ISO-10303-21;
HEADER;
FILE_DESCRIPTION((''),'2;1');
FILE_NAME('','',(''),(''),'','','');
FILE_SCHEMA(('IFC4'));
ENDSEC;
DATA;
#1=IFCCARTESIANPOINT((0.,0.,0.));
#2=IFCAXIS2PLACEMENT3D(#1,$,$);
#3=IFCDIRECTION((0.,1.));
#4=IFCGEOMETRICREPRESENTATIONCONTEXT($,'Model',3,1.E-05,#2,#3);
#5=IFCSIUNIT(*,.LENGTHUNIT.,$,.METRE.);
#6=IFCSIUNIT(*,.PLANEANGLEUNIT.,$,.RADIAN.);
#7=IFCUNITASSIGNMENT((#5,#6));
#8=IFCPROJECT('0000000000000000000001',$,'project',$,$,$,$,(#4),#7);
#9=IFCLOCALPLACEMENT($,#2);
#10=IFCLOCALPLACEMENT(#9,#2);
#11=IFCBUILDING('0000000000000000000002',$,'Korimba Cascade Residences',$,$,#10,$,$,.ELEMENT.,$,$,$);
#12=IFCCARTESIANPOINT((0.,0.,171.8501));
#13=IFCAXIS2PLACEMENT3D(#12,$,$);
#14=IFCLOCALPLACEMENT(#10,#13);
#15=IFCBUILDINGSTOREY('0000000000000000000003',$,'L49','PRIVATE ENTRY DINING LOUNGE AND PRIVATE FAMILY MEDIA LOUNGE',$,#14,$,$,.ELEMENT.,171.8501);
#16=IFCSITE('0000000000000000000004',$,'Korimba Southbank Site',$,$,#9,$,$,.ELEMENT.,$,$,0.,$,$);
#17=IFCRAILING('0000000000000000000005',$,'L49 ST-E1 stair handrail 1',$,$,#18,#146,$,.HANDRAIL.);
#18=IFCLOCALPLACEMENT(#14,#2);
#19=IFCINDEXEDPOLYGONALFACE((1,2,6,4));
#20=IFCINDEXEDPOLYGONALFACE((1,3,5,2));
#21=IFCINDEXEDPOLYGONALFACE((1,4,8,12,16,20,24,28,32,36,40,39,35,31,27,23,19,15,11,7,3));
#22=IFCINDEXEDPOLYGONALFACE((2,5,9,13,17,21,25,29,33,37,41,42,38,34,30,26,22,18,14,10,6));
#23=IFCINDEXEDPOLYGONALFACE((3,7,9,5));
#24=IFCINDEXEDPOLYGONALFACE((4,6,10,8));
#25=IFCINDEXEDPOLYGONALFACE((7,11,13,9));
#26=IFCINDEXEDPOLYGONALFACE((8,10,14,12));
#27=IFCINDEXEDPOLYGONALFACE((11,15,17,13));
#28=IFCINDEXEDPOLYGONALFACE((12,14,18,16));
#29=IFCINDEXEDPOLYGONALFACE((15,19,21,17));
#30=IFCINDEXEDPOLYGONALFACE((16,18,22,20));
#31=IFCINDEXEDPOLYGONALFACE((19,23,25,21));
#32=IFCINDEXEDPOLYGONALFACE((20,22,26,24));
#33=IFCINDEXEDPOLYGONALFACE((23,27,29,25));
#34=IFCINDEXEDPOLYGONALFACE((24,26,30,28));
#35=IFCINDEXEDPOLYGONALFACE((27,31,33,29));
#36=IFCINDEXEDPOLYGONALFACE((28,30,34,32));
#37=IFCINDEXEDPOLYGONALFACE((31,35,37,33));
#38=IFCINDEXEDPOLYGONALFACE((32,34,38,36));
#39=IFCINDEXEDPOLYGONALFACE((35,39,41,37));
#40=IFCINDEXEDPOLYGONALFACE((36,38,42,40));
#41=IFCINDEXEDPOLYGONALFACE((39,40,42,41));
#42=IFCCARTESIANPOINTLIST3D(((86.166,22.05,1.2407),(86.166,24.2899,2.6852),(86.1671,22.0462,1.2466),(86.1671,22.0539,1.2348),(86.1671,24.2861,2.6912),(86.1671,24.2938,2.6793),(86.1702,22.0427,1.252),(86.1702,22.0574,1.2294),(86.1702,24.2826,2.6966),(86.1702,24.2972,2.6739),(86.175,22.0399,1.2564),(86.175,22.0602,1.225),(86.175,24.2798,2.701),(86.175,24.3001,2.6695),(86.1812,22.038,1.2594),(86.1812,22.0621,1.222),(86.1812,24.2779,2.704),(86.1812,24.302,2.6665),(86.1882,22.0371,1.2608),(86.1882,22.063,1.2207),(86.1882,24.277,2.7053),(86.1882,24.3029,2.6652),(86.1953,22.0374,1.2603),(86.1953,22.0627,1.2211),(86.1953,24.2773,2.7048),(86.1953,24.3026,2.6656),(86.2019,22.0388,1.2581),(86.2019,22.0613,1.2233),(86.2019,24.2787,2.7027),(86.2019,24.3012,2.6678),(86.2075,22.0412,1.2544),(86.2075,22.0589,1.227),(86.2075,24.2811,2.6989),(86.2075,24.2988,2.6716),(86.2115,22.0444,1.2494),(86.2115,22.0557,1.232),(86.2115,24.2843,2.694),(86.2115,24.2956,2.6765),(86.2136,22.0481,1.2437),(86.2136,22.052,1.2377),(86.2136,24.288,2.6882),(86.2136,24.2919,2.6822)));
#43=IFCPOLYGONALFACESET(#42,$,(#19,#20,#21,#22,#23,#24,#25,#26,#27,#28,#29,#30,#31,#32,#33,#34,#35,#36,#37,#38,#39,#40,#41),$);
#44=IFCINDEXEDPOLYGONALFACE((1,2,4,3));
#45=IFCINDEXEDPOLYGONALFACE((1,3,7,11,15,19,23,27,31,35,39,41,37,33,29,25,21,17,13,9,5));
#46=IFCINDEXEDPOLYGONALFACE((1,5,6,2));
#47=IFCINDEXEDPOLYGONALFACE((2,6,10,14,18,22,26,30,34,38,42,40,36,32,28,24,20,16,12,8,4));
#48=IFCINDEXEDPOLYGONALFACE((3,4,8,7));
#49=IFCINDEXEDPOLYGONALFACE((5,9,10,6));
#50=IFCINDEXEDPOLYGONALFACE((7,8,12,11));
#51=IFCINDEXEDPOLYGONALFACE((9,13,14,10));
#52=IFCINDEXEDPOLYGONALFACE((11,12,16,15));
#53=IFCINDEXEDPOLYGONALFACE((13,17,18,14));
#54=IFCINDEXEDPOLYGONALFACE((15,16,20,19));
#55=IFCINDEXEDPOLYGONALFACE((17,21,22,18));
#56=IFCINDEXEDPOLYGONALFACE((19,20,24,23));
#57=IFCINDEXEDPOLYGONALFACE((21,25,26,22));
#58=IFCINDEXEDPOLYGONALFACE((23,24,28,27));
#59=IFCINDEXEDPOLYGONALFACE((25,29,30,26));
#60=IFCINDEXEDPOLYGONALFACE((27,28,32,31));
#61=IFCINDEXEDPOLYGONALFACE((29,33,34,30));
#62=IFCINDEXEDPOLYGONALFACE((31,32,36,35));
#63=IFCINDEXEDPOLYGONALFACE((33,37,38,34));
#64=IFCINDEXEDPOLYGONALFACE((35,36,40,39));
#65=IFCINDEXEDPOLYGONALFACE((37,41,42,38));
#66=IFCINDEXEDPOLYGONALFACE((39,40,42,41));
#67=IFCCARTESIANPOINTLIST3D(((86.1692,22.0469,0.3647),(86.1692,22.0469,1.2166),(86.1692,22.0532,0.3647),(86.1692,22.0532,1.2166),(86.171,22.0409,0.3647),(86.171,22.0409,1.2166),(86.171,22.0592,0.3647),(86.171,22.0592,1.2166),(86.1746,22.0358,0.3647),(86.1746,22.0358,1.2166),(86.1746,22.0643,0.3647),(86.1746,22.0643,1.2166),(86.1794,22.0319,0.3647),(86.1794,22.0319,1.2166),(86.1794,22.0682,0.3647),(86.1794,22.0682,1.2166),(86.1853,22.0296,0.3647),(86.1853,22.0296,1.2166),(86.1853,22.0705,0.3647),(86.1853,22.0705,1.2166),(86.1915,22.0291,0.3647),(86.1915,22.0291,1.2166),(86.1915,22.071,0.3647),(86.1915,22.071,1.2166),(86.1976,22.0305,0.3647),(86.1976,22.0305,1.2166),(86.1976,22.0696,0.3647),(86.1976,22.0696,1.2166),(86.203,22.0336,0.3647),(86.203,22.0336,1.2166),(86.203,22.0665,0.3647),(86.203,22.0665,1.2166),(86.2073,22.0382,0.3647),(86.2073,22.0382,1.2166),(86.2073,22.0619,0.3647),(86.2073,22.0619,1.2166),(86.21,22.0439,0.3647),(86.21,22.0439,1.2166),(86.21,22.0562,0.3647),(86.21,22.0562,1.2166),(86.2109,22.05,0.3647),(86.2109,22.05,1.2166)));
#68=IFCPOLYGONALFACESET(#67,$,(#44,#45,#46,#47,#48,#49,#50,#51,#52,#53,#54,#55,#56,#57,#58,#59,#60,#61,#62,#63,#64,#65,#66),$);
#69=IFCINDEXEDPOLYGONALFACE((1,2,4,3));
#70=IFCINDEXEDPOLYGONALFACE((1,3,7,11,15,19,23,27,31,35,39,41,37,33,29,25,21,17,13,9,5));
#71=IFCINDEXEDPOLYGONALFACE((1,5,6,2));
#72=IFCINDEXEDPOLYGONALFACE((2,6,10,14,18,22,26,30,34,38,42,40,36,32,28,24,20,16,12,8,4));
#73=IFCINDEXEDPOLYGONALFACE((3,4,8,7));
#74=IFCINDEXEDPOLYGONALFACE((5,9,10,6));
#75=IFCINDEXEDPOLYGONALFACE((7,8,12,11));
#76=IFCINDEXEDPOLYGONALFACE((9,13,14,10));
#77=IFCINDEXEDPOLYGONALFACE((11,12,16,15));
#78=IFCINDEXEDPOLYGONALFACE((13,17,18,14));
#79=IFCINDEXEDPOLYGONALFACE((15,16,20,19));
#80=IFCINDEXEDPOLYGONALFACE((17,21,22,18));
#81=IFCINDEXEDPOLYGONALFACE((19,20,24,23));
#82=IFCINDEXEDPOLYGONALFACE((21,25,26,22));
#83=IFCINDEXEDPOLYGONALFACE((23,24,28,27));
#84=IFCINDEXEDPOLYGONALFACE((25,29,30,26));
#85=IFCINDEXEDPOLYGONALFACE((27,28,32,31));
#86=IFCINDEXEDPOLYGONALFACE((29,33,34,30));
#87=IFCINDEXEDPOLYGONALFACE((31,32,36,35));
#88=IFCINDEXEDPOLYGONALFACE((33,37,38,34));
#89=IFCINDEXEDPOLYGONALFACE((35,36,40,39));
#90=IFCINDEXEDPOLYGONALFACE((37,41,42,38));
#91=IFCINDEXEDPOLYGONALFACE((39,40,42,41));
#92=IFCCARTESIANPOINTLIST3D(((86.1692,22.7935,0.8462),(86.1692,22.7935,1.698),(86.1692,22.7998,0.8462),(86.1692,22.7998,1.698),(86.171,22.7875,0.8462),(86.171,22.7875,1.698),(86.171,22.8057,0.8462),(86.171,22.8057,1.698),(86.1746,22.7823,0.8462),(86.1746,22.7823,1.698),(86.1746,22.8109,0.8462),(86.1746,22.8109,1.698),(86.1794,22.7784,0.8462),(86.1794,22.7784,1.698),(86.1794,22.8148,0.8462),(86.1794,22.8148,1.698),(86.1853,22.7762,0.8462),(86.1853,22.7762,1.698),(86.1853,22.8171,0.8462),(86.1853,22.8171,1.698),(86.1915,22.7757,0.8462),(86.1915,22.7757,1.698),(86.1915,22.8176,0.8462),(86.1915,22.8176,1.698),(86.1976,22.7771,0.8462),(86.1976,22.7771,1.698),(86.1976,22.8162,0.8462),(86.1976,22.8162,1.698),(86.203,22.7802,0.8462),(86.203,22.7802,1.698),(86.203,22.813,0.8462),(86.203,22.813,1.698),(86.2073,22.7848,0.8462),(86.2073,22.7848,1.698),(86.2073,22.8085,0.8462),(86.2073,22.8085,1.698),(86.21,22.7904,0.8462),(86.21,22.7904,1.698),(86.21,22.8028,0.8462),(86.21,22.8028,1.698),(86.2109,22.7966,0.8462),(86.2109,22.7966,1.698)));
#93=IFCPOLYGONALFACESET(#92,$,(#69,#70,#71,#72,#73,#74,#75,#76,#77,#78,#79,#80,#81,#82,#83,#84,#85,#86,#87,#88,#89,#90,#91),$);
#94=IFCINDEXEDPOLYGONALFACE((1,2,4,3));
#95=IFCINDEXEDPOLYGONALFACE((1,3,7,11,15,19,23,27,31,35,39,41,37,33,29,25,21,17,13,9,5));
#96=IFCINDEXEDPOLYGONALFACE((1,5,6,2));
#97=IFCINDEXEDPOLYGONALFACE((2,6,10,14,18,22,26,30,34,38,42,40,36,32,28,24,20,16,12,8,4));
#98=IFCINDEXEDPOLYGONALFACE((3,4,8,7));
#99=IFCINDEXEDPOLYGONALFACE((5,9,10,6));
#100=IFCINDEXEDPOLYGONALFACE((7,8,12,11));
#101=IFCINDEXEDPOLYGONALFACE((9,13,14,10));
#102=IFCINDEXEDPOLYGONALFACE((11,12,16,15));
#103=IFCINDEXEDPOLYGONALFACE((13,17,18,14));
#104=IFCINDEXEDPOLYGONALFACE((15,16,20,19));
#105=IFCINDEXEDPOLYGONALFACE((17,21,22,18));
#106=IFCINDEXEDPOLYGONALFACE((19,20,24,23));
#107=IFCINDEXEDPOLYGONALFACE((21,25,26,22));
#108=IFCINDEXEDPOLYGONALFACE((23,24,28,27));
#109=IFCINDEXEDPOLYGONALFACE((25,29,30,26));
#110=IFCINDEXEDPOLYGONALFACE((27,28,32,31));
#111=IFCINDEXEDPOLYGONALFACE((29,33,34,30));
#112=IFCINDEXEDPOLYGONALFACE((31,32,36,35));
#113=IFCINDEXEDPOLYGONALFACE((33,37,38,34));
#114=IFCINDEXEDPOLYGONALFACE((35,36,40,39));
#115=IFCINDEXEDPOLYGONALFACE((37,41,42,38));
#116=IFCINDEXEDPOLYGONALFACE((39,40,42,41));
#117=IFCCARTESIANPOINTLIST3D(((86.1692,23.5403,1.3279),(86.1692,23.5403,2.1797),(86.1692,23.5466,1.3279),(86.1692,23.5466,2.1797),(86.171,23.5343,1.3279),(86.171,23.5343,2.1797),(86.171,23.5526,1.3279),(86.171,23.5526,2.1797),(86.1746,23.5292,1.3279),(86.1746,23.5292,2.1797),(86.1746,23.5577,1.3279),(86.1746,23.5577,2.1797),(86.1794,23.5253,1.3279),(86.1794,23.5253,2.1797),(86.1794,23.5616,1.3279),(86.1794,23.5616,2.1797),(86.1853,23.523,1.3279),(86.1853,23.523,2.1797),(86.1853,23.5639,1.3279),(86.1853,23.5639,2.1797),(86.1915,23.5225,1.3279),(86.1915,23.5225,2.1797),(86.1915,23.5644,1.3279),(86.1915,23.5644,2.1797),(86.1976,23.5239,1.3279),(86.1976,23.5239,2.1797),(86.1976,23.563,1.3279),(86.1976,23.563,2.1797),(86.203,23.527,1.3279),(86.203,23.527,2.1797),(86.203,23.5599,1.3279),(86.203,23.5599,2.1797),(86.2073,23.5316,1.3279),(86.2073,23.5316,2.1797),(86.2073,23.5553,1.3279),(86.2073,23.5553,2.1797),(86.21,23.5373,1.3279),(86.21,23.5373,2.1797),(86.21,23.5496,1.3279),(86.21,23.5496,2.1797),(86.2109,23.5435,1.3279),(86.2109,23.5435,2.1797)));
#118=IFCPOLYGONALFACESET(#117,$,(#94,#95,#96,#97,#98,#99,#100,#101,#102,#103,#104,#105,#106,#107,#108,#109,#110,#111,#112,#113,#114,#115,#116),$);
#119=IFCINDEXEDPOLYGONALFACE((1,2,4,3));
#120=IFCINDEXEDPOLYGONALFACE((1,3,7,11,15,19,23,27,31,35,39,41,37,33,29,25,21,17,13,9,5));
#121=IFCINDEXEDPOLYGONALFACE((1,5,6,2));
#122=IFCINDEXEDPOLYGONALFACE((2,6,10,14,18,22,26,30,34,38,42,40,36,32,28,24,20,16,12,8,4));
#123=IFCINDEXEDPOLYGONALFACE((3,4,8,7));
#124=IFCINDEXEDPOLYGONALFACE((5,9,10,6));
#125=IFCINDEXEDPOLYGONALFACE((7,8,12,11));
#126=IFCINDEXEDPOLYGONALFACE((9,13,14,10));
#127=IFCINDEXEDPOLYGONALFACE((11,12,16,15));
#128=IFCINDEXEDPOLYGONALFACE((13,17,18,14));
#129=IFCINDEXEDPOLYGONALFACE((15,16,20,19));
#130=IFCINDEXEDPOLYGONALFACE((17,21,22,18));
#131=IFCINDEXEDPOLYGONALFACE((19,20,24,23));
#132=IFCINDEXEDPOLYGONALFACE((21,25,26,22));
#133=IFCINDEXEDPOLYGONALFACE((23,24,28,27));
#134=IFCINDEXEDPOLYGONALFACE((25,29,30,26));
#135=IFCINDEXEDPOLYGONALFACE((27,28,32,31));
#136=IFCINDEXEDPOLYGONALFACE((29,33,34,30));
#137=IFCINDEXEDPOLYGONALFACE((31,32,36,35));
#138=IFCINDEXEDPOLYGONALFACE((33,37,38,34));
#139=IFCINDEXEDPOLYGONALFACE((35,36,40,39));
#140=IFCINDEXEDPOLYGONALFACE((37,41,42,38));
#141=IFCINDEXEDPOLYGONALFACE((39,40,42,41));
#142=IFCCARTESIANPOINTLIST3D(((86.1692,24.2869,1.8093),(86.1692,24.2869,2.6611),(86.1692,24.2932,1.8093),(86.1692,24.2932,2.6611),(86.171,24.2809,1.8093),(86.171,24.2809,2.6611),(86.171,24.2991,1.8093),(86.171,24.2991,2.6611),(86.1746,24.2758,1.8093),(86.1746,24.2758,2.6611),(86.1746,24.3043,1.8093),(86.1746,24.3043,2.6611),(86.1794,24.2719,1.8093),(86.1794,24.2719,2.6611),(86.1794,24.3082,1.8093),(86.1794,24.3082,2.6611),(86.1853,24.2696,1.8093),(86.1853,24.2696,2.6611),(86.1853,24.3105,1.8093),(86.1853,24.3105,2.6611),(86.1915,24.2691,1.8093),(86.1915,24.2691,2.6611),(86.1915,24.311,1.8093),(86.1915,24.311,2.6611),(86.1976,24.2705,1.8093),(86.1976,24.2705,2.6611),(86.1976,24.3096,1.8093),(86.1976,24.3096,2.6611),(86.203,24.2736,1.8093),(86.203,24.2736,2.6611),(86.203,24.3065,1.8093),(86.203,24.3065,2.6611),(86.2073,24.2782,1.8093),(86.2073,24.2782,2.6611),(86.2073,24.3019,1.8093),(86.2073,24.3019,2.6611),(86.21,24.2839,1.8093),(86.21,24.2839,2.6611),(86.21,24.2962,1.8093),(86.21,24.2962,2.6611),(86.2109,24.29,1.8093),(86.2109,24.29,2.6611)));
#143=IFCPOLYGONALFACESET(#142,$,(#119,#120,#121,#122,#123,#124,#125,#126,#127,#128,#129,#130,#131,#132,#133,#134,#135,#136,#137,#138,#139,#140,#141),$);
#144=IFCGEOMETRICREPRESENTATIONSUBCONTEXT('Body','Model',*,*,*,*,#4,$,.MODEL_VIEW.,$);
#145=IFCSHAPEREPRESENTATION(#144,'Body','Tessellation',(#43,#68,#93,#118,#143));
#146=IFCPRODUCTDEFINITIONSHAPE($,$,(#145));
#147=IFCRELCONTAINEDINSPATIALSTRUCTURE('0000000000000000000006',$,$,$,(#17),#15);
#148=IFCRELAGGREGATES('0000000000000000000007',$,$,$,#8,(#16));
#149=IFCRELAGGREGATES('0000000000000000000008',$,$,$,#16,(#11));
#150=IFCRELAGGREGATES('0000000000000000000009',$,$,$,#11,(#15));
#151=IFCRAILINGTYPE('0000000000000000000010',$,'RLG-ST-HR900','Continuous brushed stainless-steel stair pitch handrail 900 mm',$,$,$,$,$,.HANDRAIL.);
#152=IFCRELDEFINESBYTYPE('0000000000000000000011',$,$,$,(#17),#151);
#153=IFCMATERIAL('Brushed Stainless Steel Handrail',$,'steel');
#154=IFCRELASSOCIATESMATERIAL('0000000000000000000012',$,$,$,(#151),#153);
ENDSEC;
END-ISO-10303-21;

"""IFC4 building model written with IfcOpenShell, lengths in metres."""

from ifc_helpers import new_model, si_unit, direction, frame, origin, origin_2d, place, context, subcontext, project, spatial, circle, extrude, material, type_object, element, save


model = new_model("IFC4")

# Units and contexts
model_context = context("Model", 3, precision=1e-05, world=origin(), true_north=direction((0.0, 1.0)))
body_context = subcontext(model_context, "Body", "Model", "MODEL_VIEW")
ifc_project = project(units=[si_unit("LENGTHUNIT", "METRE"), si_unit("PLANEANGLEUNIT", "RADIAN")], contexts=[model_context])

# Site, building, storey
site_placement = place(None, origin())
site = spatial("IfcSite", under=ifc_project, at=site_placement, Name="Korimba Southbank Site", CompositionType="ELEMENT", RefElevation=0.0)
building_placement = place(site_placement, origin())
building = spatial("IfcBuilding", under=site, at=building_placement, Name="Korimba Cascade Residences", CompositionType="ELEMENT")
storey_placement = place(building_placement, frame((0.0, 0.0, 171.8501)))
storey = spatial("IfcBuildingStorey", under=building, at=storey_placement, Name="L49", Description="PRIVATE ENTRY DINING LOUNGE AND PRIVATE FAMILY MEDIA LOUNGE", CompositionType="ELEMENT", Elevation=171.8501)

# Railing
ifc_material_1 = material(Name="Brushed Stainless Steel Handrail", Category="steel")
railing_type = type_object("IfcRailingType", Name="RLG-ST-HR900", Description="Continuous brushed stainless-steel stair pitch handrail 900 mm", PredefinedType="HANDRAIL", material=ifc_material_1)
railing_placement = place(storey_placement, frame((86.1899, 22.05, 0.3647)))
element("IfcRailing", 1, at=railing_placement, inside=storey, type_object=railing_type, Name="L49 ST-E1 stair handrail 1", PredefinedType="HANDRAIL", context=body_context, shape_type="SweptSolid", body=[
    extrude(circle(Radius=0.0239, at=origin_2d()), frame((0.0, 0.0, 0.876), z_axis=(0.0, 0.840395, 0.541975), x_axis=(-1.0, 0.0, 0.0)), (0.0, 0.0, 1.0), 2.6653),
    extrude(circle(Radius=0.021, at=origin_2d()), origin(), (0.0, 0.0, 1.0), 0.8518),
    extrude(circle(Radius=0.021, at=origin_2d()), frame((0.0, 0.7466, 0.4814)), (0.0, 0.0, 1.0), 0.8518),
    extrude(circle(Radius=0.021, at=origin_2d()), frame((0.0, 1.4934, 0.9631)), (0.0, 0.0, 1.0), 0.8518),
    extrude(circle(Radius=0.021, at=origin_2d()), frame((0.0, 2.24, 1.4446)), (0.0, 0.0, 1.0), 0.8518),
])

save(model, "model.ifc")
